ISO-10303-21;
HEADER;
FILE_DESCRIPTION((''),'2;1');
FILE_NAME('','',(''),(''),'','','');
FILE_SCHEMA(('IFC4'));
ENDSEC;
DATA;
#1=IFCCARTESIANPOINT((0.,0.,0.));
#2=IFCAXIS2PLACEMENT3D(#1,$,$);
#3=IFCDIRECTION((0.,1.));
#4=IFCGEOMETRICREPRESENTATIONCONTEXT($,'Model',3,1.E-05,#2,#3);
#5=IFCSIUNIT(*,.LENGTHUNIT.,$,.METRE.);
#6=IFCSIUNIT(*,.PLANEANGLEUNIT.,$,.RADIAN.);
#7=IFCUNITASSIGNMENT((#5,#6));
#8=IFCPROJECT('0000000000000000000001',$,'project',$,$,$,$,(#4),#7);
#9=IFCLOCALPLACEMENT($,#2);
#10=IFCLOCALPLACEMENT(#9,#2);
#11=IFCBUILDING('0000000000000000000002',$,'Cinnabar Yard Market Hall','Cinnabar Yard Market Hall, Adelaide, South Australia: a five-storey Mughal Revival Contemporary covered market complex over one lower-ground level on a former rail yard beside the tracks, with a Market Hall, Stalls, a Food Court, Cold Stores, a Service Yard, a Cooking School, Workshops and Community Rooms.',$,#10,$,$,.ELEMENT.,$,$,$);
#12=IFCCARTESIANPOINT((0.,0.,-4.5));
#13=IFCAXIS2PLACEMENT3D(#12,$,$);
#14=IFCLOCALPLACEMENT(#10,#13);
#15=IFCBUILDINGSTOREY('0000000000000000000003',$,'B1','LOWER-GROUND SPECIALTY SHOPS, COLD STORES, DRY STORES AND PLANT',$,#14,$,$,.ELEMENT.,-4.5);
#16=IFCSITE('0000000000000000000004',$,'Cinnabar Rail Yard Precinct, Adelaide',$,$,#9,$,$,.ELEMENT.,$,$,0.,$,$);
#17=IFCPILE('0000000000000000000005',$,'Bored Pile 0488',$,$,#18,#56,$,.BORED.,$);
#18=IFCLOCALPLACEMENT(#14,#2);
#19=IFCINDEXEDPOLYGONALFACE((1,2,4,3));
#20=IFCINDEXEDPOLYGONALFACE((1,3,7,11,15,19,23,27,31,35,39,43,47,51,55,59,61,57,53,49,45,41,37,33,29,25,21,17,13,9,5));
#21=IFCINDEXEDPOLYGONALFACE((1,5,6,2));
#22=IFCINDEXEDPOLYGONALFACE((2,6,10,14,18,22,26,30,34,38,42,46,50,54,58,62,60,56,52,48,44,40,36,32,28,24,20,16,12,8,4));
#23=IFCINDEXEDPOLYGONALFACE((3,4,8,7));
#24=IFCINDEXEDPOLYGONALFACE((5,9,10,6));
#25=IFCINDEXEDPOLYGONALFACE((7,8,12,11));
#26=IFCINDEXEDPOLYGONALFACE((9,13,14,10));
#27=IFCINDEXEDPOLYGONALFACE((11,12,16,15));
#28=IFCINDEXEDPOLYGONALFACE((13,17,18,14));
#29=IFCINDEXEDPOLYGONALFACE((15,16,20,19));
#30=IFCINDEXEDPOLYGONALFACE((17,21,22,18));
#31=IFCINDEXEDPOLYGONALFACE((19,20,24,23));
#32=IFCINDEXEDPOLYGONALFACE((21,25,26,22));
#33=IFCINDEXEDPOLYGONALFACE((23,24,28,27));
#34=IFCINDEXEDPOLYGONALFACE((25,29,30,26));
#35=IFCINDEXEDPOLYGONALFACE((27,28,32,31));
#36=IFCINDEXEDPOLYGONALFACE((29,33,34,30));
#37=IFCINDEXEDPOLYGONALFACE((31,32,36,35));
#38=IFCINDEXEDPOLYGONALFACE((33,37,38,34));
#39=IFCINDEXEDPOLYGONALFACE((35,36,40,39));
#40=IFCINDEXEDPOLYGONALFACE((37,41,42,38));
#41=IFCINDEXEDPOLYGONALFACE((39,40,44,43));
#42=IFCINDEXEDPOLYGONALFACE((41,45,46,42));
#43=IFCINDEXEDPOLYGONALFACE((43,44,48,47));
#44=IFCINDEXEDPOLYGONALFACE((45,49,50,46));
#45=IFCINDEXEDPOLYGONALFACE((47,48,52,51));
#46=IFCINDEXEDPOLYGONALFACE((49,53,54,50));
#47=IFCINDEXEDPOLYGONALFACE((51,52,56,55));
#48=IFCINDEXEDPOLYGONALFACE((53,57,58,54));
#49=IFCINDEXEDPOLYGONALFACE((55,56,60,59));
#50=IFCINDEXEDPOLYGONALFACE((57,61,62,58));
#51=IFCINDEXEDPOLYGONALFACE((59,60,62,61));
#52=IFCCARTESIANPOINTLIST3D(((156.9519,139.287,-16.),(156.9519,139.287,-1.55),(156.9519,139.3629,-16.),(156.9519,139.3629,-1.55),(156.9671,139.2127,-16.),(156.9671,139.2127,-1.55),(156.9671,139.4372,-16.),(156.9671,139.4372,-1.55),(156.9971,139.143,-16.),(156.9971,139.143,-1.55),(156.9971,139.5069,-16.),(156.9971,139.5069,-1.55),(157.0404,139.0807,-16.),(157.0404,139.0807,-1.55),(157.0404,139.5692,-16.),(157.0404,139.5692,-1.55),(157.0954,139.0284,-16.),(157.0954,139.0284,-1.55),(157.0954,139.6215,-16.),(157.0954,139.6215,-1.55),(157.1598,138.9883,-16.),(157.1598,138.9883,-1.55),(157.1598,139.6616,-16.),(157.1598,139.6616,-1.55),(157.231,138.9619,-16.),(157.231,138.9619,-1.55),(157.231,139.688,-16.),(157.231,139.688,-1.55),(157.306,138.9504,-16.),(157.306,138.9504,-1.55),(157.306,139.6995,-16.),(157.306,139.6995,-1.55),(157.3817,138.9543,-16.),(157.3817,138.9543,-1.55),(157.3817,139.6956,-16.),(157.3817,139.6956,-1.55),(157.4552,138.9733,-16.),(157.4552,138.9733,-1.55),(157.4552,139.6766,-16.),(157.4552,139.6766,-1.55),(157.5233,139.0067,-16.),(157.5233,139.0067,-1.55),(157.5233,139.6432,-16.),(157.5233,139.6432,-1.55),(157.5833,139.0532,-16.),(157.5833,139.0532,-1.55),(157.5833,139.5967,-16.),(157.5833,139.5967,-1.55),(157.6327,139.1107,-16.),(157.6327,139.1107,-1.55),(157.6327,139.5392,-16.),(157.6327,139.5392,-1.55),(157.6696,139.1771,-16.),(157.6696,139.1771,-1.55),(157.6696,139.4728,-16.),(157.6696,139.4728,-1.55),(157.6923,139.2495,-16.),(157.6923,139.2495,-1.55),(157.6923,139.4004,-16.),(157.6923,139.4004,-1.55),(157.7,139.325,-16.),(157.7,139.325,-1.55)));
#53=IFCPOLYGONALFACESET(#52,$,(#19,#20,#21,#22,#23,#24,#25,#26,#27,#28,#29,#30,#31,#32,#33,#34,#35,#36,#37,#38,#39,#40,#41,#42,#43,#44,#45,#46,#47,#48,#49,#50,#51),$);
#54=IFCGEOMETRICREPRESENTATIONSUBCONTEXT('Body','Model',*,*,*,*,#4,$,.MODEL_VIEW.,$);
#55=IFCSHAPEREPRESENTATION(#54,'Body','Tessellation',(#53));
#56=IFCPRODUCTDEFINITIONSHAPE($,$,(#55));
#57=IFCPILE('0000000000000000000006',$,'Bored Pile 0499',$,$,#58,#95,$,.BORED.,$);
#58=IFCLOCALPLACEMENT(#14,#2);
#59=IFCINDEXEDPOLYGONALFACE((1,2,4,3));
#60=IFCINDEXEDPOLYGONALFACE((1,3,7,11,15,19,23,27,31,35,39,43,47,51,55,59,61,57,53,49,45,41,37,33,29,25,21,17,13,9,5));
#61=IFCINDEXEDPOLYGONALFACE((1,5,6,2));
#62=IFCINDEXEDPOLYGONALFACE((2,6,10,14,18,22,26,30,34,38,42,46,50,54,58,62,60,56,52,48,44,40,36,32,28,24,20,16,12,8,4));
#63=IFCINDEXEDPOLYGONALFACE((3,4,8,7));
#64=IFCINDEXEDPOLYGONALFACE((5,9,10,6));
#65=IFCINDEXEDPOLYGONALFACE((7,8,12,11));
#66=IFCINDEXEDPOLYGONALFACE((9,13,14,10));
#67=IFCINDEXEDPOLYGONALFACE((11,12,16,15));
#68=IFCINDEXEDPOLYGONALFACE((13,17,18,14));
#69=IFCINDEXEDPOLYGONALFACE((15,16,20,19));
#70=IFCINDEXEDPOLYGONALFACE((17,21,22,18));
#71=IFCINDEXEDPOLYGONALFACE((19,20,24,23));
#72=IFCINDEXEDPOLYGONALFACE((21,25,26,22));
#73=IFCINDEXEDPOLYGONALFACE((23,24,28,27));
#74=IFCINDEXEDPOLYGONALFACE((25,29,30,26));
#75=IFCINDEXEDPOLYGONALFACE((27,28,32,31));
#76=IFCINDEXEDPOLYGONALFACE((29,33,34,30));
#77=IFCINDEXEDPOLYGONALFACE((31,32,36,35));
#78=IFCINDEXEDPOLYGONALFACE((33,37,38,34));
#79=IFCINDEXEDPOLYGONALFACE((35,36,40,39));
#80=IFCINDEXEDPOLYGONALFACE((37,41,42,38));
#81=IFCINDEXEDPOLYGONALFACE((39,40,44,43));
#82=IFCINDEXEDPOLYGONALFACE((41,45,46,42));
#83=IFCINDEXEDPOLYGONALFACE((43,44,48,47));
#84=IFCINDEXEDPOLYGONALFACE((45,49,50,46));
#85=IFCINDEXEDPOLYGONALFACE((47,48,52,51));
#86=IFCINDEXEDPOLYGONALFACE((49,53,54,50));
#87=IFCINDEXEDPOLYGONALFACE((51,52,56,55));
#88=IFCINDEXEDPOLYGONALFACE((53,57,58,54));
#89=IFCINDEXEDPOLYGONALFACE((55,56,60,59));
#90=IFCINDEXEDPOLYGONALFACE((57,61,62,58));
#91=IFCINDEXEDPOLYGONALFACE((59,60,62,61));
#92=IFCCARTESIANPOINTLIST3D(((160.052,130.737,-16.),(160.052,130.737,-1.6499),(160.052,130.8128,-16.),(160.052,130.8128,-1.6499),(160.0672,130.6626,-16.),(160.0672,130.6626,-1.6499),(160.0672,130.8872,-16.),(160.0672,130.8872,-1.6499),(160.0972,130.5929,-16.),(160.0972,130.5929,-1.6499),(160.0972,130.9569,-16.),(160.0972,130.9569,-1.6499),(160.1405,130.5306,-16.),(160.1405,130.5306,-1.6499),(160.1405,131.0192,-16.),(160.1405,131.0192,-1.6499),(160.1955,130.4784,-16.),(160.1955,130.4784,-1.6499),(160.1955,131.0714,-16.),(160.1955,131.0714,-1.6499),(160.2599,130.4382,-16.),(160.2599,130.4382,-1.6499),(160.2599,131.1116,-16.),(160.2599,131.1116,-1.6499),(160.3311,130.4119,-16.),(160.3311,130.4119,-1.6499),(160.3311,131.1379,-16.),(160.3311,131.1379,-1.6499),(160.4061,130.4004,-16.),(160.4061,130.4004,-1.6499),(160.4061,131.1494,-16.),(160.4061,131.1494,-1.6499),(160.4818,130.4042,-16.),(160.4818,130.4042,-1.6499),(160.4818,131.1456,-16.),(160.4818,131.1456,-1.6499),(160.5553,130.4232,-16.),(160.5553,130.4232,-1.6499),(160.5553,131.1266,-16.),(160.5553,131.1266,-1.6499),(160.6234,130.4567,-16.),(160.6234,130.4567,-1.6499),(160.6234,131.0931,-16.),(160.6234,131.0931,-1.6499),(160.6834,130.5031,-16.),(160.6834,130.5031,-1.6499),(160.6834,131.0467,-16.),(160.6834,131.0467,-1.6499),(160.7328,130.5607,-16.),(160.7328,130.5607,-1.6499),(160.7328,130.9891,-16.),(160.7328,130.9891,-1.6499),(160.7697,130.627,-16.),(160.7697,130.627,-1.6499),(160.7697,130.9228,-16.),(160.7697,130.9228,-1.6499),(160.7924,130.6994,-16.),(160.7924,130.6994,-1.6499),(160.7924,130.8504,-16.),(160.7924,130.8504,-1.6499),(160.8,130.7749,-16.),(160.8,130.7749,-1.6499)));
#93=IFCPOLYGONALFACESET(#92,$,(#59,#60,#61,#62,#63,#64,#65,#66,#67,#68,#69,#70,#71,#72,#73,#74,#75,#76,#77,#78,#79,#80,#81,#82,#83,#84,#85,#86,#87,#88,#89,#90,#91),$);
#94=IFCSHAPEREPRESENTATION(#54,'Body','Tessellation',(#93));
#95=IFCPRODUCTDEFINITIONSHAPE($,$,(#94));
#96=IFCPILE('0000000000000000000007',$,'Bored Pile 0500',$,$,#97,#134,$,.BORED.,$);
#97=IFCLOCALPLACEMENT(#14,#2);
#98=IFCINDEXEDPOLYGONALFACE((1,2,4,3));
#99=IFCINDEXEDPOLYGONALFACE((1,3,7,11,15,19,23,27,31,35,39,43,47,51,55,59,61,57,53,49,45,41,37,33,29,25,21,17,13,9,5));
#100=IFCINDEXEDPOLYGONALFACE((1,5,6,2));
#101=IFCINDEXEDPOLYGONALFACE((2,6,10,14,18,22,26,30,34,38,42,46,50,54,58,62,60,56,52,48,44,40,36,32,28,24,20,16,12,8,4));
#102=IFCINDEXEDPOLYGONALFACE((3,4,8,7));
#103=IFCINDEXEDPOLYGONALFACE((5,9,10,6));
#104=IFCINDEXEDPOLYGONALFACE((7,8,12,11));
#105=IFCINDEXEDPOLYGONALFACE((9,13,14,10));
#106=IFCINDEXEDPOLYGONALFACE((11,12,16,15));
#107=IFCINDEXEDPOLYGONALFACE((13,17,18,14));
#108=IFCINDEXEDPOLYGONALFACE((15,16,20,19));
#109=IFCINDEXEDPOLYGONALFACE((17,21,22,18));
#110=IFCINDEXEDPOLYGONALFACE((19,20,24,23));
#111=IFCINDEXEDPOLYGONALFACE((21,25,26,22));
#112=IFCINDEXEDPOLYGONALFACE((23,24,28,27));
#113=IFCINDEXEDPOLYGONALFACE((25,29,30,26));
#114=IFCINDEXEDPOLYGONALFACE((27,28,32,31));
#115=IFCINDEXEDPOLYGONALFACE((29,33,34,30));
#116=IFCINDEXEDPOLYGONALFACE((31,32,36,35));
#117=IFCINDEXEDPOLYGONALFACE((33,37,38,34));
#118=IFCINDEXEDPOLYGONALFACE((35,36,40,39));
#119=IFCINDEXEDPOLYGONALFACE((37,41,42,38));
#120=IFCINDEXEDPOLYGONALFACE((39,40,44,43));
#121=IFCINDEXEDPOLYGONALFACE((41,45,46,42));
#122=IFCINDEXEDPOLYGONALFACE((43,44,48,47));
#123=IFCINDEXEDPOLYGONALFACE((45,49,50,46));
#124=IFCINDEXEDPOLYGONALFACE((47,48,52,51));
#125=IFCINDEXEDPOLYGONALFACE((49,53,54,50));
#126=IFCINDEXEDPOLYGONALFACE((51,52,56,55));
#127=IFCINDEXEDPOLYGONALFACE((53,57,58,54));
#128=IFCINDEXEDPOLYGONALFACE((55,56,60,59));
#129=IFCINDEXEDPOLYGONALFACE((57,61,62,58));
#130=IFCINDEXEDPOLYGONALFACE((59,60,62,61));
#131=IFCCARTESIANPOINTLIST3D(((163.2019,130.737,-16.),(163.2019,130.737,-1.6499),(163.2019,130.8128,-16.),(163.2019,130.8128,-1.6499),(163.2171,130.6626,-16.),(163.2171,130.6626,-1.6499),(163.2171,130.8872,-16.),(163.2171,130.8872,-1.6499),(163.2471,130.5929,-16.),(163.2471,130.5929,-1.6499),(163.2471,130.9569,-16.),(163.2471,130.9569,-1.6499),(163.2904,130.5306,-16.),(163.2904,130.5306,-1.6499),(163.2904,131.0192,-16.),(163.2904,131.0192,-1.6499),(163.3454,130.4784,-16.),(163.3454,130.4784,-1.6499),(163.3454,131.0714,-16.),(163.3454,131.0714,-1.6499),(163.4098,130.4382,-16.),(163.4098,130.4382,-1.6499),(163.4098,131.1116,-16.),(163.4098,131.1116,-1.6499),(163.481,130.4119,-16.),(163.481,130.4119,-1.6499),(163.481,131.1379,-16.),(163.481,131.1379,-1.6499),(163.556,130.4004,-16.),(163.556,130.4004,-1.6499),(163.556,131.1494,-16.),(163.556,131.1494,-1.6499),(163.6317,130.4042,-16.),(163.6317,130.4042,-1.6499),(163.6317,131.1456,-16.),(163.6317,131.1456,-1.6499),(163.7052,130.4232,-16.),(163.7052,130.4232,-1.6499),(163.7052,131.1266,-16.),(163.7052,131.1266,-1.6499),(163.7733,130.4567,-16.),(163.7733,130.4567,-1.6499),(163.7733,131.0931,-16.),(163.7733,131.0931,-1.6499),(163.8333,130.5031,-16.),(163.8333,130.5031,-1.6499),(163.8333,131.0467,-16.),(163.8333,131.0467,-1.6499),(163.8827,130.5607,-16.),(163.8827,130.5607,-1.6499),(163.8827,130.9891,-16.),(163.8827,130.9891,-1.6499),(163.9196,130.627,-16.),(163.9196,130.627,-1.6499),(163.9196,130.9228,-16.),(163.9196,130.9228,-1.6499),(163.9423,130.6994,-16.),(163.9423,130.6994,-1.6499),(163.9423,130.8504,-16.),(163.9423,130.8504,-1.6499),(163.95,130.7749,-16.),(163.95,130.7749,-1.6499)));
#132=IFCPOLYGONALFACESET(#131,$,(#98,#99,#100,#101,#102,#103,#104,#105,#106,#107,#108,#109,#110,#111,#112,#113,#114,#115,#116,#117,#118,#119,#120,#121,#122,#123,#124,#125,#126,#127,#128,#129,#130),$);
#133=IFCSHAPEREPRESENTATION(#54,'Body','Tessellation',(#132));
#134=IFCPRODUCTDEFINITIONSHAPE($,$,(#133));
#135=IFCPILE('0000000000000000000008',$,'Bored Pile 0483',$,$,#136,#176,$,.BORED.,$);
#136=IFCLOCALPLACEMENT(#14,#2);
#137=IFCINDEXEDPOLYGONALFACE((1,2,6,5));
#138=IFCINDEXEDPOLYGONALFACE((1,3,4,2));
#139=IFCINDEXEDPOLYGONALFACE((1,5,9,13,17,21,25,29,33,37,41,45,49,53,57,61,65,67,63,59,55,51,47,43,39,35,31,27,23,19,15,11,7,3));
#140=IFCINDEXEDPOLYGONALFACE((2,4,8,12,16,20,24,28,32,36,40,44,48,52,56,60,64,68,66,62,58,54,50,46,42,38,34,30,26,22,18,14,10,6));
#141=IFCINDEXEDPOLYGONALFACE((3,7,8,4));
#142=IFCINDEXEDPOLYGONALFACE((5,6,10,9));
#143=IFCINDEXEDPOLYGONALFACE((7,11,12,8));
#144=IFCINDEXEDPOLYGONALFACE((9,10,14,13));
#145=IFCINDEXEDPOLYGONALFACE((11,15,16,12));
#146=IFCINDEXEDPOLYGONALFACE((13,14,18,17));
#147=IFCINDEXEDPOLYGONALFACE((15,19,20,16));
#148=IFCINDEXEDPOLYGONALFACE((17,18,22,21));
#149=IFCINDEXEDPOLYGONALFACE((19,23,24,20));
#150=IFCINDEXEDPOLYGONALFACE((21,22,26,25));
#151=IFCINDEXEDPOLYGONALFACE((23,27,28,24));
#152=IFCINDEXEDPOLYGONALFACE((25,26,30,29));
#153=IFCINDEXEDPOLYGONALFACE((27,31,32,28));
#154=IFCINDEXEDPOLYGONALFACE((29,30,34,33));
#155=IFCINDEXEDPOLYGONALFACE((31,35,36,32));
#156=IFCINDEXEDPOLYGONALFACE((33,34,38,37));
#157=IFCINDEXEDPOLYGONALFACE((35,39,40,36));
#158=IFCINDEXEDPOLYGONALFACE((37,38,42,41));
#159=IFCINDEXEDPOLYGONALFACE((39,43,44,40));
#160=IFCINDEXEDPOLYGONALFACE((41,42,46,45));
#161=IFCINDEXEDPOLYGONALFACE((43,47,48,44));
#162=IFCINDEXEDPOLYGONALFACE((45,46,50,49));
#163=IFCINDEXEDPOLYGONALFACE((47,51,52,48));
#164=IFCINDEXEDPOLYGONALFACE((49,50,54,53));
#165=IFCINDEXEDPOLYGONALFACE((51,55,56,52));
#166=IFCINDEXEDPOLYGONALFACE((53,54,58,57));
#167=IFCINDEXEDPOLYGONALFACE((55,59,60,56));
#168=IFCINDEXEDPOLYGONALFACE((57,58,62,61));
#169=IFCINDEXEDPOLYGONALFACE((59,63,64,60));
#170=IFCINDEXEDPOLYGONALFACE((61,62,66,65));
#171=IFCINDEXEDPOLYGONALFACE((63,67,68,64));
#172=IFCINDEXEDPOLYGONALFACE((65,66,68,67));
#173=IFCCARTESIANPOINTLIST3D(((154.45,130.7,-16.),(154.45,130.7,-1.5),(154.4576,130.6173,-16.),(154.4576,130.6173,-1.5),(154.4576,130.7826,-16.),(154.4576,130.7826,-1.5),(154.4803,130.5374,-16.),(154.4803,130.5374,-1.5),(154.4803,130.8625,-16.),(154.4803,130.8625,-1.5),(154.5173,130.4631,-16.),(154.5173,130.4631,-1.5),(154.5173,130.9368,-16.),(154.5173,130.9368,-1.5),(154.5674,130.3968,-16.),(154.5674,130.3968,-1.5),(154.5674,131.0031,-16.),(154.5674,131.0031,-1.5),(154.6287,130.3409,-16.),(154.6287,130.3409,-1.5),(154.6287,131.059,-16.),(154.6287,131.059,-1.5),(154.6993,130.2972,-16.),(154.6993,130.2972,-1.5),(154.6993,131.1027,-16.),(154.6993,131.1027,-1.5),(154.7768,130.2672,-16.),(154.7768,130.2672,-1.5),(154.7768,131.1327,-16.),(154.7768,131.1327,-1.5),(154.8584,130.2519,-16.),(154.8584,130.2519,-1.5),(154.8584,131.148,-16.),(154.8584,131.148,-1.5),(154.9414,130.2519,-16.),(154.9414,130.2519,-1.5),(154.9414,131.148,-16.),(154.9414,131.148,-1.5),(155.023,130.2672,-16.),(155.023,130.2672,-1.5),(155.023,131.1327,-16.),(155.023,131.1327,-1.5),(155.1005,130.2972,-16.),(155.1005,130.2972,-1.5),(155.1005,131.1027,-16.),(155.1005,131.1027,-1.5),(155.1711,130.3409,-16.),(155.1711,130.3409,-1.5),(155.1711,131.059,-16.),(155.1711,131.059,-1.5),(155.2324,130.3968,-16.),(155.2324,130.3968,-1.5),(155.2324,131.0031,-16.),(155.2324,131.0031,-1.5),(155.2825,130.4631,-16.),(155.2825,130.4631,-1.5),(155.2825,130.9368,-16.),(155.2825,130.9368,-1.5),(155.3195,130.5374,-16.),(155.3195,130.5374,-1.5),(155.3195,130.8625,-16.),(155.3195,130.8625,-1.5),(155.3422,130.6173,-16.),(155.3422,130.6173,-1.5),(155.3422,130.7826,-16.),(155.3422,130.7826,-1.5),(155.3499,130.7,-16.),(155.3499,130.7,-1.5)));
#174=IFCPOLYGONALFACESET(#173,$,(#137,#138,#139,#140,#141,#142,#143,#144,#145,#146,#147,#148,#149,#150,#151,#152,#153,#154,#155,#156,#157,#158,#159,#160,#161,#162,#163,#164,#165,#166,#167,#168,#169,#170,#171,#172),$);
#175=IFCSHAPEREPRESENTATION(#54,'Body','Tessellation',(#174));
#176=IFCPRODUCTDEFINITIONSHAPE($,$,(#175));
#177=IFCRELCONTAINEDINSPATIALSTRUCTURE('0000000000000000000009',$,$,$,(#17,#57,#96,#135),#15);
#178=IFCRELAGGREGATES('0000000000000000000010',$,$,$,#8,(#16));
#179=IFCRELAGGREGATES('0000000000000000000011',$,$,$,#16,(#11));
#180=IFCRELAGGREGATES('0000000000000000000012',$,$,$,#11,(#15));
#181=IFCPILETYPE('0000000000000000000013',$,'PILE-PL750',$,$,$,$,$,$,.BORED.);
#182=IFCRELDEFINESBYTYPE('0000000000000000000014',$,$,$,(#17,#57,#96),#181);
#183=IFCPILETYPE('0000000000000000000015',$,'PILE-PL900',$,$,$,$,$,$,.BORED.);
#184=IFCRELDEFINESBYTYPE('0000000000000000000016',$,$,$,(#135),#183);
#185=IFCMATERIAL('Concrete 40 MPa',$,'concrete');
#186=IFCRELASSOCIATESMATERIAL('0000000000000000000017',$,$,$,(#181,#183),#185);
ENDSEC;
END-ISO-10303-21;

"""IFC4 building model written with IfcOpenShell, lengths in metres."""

from ifc_helpers import new_model, si_unit, direction, frame, origin, origin_2d_with_axis, place, context, subcontext, project, spatial, circle, extrude, material, material_profile, profile_set, type_object, element, save


model = new_model("IFC4")

# Units and contexts
model_context = context("Model", 3, precision=1e-05, world=origin(), true_north=direction((0.0, 1.0)))
body_context = subcontext(model_context, "Body", "Model", "MODEL_VIEW")
ifc_project = project(units=[si_unit("LENGTHUNIT", "METRE"), si_unit("PLANEANGLEUNIT", "RADIAN")], contexts=[model_context])

# Site, building, storey
site_placement = place(None, origin())
site = spatial("IfcSite", under=ifc_project, at=site_placement, Name="Cinnabar Rail Yard Precinct, Adelaide", CompositionType="ELEMENT", RefElevation=0.0)
building_placement = place(site_placement, origin())
building = spatial("IfcBuilding", under=site, at=building_placement, Name="Cinnabar Yard Market Hall", Description="Cinnabar Yard Market Hall, Adelaide, South Australia: a five-storey Mughal Revival Contemporary covered market complex over one lower-ground level on a former rail yard beside the tracks, with a Market Hall, Stalls, a Food Court, Cold Stores, a Service Yard, a Cooking School, Workshops and Community Rooms.", CompositionType="ELEMENT")
storey_placement = place(building_placement, frame((0.0, 0.0, -4.5)))
storey = spatial("IfcBuildingStorey", under=building, at=storey_placement, Name="B1", Description="LOWER-GROUND SPECIALTY SHOPS, COLD STORES, DRY STORES AND PLANT", CompositionType="ELEMENT", Elevation=-4.5)

# Shared definitions
ifc_material_1 = material(Name="Concrete 40 MPa", Category="concrete")

# Piles
ifc_material_profile_1 = material_profile(ifc_material_1, circle(Radius=0.375, at=origin_2d_with_axis()), Name="PILE-D750")
ifc_profile_set_1 = profile_set([ifc_material_profile_1], Name="Concrete 40 MPa")
pile_type_1 = type_object("IfcPileType", Name="PILE-PL750", PredefinedType="BORED", material=ifc_profile_set_1)
for number, where, z_axis, x_axis, name in (
    (1, (157.325, 139.325, -1.55), (0.0, 0.0, -1.0), (1.0, 0.0, 0.0), "Bored Pile 0488"),
):
    element("IfcPile", number, at=place(storey_placement, frame(where, z_axis=z_axis, x_axis=x_axis)), inside=storey, type_object=pile_type_1, Name=name, PredefinedType="BORED", context=body_context, shape_type="SweptSolid", body=[
        extrude(circle(Radius=0.375, at=origin_2d_with_axis()), origin(), (0.0, 0.0, 1.0), 14.45),
    ])
for number, where, z_axis, x_axis, name in (
    (2, (160.425, 130.7749, -1.6499), (0.0, 0.0, -1.0), (1.0, 0.0, 0.0), "Bored Pile 0499"),
    (3, (163.575, 130.7749, -1.6499), (0.0, 0.0, -1.0), (1.0, 0.0, 0.0), "Bored Pile 0500"),
):
    element("IfcPile", number, at=place(storey_placement, frame(where, z_axis=z_axis, x_axis=x_axis)), inside=storey, type_object=pile_type_1, Name=name, PredefinedType="BORED", context=body_context, shape_type="SweptSolid", body=[
        extrude(circle(Radius=0.375, at=origin_2d_with_axis()), origin(), (0.0, 0.0, 1.0), 14.3501),
    ])
ifc_material_profile_2 = material_profile(ifc_material_1, circle(Radius=0.45, at=origin_2d_with_axis()), Name="PILE-D900")
ifc_profile_set_2 = profile_set([ifc_material_profile_2], Name="Concrete 40 MPa")
pile_type_2 = type_object("IfcPileType", Name="PILE-PL900", PredefinedType="BORED", material=ifc_profile_set_2)
for number, where, z_axis, x_axis, name in (
    (4, (154.8999, 130.7, -1.5), (0.0, 0.0, -1.0), (1.0, 0.0, 0.0), "Bored Pile 0483"),
):
    element("IfcPile", number, at=place(storey_placement, frame(where, z_axis=z_axis, x_axis=x_axis)), inside=storey, type_object=pile_type_2, Name=name, PredefinedType="BORED", context=body_context, shape_type="SweptSolid", body=[
        extrude(circle(Radius=0.45, at=origin_2d_with_axis()), origin(), (0.0, 0.0, 1.0), 14.5),
    ])

save(model, "model.ifc")
